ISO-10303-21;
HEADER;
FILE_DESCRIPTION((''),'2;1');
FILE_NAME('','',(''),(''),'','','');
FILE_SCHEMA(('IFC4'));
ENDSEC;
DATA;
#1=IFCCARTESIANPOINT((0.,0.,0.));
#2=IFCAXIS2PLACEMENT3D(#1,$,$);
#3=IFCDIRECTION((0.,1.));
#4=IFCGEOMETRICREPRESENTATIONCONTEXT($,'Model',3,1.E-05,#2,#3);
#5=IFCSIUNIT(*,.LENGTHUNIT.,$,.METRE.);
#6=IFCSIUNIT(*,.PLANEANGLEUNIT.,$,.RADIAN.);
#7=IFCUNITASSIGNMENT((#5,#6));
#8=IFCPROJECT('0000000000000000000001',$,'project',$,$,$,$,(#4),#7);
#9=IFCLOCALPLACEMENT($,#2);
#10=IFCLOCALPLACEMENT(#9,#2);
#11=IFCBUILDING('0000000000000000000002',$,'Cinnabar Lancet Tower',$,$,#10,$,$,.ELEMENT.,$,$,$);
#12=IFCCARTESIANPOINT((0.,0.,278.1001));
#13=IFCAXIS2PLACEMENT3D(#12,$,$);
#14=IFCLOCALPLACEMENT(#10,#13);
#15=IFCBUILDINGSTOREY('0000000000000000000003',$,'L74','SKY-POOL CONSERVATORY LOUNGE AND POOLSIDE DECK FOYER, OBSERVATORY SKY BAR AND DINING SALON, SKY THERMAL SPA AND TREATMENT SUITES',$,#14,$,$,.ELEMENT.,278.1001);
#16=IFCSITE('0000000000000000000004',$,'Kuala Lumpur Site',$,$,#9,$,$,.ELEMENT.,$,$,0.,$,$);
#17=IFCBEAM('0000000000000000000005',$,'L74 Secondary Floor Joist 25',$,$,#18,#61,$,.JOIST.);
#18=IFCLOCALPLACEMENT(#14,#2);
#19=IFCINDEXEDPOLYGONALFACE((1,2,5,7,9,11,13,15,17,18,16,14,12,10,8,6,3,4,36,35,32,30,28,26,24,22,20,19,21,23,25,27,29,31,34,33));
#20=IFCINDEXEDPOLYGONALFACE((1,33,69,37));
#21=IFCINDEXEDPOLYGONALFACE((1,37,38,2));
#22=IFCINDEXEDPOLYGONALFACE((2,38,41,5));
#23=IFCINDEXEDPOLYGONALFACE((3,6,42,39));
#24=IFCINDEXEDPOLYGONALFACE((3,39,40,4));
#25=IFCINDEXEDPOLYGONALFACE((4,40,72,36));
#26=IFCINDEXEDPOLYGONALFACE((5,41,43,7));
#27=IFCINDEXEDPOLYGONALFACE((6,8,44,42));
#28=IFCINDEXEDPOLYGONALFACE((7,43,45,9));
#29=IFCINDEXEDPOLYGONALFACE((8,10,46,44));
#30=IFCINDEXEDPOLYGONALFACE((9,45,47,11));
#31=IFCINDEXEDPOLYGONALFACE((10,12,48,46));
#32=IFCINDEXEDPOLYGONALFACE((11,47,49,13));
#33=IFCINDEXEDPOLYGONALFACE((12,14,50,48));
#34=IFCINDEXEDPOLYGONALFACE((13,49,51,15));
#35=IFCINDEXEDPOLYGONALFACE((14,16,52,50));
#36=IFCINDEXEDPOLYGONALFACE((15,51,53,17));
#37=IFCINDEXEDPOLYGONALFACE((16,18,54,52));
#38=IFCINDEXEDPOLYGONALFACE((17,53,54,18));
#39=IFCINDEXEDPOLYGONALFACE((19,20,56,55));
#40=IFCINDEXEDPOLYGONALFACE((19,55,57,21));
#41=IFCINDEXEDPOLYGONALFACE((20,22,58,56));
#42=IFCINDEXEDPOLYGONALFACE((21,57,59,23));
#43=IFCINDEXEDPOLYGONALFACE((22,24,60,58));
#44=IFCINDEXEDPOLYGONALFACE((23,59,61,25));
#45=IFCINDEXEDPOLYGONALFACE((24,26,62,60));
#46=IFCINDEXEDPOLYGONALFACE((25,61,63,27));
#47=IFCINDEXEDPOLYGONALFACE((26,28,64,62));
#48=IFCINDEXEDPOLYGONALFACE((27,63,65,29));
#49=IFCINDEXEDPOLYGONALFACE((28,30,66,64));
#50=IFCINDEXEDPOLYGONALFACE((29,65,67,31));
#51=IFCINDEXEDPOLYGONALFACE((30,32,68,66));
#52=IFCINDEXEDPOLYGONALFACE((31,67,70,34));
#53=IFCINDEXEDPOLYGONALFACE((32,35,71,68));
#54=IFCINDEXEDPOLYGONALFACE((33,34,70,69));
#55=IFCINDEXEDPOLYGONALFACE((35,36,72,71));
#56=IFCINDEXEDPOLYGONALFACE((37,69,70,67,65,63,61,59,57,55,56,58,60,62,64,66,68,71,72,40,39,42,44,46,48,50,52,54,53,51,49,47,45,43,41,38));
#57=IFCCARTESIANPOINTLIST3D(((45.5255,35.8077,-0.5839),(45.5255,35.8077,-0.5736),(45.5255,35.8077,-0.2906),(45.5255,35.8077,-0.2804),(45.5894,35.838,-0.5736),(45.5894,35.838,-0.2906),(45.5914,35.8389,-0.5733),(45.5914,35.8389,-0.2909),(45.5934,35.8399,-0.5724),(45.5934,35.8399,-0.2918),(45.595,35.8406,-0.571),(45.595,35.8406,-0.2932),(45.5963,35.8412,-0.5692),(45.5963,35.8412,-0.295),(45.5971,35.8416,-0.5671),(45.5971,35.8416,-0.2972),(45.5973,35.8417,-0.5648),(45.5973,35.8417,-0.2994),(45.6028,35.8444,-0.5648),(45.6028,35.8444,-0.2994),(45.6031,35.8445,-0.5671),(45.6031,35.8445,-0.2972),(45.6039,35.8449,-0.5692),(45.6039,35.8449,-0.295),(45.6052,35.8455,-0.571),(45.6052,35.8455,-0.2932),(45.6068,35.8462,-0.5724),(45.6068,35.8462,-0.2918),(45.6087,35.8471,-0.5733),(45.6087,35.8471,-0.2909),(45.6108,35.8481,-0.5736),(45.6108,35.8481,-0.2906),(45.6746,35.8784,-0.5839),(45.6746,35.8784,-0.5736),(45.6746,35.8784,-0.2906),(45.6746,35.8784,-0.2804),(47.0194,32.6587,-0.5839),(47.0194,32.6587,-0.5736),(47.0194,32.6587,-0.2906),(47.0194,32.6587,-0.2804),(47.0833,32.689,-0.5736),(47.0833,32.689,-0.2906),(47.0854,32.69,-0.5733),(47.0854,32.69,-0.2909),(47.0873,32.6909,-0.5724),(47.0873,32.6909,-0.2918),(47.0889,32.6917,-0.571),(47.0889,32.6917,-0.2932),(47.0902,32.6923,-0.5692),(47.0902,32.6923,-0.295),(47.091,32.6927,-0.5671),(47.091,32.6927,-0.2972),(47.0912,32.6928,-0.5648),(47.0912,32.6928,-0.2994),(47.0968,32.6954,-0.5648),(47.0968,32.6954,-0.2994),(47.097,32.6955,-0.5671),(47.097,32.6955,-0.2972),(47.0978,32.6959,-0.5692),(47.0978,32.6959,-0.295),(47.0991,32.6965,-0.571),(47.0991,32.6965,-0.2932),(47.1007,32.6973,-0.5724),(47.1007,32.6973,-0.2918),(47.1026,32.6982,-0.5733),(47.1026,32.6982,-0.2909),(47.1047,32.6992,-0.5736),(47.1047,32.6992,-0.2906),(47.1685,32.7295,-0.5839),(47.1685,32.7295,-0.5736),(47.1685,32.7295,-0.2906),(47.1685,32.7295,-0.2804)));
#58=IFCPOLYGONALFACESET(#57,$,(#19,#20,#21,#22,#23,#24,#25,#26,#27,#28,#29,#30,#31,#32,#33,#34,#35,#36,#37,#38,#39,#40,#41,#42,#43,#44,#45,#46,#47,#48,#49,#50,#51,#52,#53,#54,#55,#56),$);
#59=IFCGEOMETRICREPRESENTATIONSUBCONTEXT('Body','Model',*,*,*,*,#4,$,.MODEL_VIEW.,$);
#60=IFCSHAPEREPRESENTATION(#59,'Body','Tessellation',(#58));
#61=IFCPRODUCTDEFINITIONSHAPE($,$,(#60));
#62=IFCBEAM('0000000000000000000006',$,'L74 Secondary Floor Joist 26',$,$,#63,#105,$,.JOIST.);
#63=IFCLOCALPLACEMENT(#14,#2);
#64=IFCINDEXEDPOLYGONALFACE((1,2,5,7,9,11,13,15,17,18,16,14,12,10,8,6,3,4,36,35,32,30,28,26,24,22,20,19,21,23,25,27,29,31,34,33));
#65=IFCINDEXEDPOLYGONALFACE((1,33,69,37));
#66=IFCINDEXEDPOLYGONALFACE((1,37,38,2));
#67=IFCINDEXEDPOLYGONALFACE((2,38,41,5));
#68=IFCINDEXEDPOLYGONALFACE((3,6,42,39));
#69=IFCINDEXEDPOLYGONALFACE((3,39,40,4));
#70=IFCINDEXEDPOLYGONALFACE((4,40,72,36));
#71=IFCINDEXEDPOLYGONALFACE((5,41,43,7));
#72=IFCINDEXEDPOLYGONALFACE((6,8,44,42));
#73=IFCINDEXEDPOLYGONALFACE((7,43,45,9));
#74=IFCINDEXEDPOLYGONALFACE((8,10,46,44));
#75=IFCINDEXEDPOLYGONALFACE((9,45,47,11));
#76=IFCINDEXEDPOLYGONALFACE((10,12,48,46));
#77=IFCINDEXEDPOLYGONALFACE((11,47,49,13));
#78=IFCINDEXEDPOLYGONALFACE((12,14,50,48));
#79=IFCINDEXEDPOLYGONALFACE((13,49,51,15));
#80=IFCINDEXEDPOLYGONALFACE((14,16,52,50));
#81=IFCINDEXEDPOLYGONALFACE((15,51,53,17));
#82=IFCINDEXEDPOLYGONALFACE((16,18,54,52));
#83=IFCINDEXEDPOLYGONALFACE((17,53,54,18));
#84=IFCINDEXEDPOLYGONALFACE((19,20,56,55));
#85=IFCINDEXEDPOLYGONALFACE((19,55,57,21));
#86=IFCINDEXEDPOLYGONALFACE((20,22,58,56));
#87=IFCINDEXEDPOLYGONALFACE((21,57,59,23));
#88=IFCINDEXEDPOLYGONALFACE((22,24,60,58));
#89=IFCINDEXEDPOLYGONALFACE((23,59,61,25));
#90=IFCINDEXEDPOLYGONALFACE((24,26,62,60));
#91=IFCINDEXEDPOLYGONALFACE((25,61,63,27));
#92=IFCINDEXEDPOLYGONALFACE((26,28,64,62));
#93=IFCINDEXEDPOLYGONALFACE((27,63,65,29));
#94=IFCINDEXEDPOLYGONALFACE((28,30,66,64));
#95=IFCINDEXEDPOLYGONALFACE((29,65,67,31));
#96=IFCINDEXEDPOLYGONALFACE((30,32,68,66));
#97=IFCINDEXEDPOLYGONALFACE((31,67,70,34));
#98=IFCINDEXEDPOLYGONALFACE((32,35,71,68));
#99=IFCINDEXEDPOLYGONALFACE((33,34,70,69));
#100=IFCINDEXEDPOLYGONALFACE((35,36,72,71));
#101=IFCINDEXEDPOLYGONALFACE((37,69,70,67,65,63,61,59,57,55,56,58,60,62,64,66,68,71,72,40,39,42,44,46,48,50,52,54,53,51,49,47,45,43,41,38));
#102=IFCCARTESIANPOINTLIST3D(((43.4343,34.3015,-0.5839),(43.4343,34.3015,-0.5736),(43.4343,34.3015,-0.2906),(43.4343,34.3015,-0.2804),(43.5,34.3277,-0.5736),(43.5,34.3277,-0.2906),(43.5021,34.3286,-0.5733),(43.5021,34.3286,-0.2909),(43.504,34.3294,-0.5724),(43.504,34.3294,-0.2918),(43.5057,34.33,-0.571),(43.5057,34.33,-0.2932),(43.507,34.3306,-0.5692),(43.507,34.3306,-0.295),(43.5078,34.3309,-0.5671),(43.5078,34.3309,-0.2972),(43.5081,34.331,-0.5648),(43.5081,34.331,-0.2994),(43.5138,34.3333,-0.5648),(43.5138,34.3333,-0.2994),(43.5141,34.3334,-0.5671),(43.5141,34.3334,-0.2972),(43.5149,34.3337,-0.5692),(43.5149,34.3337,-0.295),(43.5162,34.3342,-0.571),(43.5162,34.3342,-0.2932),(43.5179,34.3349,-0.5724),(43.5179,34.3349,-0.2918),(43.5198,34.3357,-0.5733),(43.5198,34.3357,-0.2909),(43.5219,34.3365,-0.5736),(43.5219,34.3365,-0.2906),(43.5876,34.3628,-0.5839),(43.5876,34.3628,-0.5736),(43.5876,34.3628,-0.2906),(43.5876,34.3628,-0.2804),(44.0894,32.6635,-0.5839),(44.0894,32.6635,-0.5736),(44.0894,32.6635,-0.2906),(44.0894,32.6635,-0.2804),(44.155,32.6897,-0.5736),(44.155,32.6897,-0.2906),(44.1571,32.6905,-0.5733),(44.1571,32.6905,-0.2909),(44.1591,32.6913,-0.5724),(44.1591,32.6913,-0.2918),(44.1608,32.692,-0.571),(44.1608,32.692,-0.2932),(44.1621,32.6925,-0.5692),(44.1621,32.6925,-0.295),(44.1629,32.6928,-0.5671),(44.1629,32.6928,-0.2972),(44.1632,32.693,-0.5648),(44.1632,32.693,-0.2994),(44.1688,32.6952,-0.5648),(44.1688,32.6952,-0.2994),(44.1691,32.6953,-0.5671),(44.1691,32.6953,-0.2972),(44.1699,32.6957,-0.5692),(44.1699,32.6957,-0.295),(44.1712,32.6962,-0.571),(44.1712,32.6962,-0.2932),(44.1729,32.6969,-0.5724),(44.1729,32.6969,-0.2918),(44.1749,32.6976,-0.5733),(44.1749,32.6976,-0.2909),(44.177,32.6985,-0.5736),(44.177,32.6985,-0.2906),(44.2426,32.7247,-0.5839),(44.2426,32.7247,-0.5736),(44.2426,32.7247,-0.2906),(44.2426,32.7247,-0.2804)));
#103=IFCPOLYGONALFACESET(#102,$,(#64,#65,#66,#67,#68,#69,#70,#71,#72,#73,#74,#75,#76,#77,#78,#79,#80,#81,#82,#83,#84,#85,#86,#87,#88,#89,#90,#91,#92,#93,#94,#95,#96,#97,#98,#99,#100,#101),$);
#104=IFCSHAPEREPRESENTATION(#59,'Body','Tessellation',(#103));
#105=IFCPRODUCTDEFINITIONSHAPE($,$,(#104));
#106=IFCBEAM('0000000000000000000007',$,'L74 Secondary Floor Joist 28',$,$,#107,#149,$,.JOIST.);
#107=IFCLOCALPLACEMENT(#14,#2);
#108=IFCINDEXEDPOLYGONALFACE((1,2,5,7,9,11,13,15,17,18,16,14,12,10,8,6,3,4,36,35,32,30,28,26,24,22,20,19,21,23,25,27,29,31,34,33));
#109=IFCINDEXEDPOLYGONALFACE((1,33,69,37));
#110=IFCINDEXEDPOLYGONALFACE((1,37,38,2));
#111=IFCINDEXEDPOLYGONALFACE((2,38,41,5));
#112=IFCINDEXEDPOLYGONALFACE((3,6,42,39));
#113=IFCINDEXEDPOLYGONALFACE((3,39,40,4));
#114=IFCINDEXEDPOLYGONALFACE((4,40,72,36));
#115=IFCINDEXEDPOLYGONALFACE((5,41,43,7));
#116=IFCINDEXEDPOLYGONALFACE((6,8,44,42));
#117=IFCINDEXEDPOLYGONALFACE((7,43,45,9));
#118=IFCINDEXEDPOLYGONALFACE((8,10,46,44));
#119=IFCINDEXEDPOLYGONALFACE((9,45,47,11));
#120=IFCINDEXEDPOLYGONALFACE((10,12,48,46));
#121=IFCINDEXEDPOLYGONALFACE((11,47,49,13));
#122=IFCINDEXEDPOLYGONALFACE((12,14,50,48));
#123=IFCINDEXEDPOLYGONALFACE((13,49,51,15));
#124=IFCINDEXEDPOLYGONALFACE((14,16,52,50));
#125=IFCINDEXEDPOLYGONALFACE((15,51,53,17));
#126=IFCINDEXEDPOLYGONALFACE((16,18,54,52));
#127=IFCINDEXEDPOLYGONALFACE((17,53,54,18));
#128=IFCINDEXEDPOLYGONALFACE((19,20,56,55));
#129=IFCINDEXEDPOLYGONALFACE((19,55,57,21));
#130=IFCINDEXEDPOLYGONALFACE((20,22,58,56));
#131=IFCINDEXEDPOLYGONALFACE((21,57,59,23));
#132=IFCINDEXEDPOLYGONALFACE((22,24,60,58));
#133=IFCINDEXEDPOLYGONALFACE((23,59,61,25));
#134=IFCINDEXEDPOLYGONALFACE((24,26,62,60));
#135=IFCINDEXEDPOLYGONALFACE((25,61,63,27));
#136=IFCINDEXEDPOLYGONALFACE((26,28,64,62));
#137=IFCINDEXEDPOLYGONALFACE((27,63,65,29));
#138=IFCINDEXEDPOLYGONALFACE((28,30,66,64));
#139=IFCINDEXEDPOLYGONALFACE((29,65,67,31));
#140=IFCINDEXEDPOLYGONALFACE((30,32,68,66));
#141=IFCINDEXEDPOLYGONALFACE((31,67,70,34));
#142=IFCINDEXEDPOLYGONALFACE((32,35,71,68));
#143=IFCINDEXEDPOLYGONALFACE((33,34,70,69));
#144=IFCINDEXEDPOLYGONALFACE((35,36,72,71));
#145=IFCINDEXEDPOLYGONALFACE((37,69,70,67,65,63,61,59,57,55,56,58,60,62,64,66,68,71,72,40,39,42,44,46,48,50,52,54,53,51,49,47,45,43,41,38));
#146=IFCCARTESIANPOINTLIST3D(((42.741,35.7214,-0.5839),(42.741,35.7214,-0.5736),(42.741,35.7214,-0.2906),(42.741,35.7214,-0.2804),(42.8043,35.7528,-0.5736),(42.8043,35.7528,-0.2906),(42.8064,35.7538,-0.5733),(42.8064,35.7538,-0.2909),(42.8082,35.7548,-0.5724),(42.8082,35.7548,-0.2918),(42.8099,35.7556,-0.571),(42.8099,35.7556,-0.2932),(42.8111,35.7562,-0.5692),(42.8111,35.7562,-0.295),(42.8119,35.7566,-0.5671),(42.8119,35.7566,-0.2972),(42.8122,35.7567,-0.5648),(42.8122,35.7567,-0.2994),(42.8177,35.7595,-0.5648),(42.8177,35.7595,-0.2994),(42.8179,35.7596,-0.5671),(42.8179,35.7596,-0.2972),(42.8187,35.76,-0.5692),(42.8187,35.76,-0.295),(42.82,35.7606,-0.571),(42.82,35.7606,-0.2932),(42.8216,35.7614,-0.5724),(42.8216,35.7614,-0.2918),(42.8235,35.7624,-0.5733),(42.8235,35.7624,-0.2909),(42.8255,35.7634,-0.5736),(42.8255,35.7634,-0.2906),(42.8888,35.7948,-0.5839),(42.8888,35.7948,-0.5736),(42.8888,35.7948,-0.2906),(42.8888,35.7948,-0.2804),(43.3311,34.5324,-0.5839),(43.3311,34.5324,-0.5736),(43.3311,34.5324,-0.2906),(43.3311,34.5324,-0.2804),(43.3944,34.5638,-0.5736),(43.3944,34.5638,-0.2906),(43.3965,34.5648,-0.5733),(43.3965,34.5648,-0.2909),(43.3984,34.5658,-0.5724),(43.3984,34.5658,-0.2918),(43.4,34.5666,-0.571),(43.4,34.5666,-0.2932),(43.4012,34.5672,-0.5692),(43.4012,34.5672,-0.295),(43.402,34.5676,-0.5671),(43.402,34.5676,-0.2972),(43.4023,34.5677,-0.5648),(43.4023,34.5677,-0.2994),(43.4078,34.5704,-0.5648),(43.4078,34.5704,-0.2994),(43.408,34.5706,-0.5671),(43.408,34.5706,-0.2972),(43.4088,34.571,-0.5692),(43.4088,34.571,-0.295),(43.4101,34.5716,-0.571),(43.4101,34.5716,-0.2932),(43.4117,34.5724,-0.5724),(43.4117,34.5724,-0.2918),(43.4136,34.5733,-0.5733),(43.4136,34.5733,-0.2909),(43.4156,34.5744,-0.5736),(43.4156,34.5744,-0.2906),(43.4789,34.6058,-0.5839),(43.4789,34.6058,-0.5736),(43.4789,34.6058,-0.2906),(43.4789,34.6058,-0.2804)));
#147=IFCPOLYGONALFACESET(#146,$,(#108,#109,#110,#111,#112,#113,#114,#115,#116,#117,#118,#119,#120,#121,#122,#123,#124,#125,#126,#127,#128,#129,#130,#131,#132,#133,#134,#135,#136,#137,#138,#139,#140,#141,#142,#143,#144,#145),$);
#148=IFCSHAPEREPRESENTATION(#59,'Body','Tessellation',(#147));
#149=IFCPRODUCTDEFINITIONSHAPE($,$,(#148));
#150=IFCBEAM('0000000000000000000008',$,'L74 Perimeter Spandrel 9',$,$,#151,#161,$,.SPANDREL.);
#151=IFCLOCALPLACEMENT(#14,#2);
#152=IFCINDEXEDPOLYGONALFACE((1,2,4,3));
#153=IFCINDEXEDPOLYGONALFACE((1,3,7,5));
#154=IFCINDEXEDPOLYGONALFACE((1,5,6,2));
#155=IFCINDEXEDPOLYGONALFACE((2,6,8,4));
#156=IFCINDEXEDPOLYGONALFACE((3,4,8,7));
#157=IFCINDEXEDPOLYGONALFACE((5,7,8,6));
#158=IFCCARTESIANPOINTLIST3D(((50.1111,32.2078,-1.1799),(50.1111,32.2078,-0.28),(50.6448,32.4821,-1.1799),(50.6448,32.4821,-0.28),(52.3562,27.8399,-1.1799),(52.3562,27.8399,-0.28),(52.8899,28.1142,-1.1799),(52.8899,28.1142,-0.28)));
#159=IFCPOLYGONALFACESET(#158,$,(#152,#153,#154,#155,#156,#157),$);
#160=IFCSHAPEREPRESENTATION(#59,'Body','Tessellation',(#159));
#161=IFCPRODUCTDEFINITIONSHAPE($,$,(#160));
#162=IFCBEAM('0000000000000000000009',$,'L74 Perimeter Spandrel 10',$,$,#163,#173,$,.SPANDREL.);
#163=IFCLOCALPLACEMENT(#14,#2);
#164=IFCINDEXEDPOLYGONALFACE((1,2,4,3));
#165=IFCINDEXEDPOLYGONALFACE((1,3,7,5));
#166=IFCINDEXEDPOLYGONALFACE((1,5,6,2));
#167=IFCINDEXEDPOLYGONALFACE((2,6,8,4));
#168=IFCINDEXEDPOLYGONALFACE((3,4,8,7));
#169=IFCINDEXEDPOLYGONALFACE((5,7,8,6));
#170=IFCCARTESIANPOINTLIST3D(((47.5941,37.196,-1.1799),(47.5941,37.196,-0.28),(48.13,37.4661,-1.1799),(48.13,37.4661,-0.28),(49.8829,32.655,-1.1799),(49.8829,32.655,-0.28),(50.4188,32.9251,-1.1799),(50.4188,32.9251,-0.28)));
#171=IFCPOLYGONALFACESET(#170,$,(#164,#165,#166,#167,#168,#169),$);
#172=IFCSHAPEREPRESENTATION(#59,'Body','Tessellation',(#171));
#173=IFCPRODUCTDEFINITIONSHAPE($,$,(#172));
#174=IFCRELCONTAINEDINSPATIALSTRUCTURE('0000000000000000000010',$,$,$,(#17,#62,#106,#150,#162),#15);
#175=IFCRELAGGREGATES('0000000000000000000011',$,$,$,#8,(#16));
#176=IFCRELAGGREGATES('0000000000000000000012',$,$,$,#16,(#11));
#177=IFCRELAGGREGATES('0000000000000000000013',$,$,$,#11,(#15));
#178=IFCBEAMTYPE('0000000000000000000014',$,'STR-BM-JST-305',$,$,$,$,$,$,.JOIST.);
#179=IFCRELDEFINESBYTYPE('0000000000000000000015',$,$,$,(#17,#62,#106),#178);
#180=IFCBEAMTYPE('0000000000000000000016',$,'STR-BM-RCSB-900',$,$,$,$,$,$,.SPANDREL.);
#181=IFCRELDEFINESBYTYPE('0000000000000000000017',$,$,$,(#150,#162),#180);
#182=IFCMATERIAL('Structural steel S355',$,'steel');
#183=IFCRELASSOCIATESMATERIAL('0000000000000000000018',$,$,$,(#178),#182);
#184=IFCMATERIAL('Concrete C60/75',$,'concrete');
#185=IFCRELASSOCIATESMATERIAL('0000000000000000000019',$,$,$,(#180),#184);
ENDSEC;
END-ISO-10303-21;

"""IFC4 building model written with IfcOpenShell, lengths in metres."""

from ifc_helpers import new_model, si_unit, direction, frame, origin, origin_2d, place, context, subcontext, project, spatial, rectangle, i_section, extrude, material, material_profile, profile_set, type_object, element, save


model = new_model("IFC4")

# Units and contexts
model_context = context("Model", 3, precision=1e-05, world=origin(), true_north=direction((0.0, 1.0)))
body_context = subcontext(model_context, "Body", "Model", "MODEL_VIEW")
ifc_project = project(units=[si_unit("LENGTHUNIT", "METRE"), si_unit("PLANEANGLEUNIT", "RADIAN")], contexts=[model_context])

# Site, building, storey
site_placement = place(None, origin())
site = spatial("IfcSite", under=ifc_project, at=site_placement, Name="Kuala Lumpur Site", CompositionType="ELEMENT", RefElevation=0.0)
building_placement = place(site_placement, origin())
building = spatial("IfcBuilding", under=site, at=building_placement, Name="Cinnabar Lancet Tower", CompositionType="ELEMENT")
storey_placement = place(building_placement, frame((0.0, 0.0, 278.1001)))
storey = spatial("IfcBuildingStorey", under=building, at=storey_placement, Name="L74", Description="SKY-POOL CONSERVATORY LOUNGE AND POOLSIDE DECK FOYER, OBSERVATORY SKY BAR AND DINING SALON, SKY THERMAL SPA AND TREATMENT SUITES", CompositionType="ELEMENT", Elevation=278.1001)

# Beams
ifc_material_1 = material(Name="Structural steel S355", Category="steel")
ifc_material_profile_1 = material_profile(ifc_material_1, i_section(OverallWidth=0.165, OverallDepth=0.3035, WebThickness=0.0061, FlangeThickness=0.0103, FilletRadius=0.0088, at=origin_2d()), Name="UKB 305x165x40")
ifc_profile_set_1 = profile_set([ifc_material_profile_1], Name="Structural steel S355")
beam_type_1 = type_object("IfcBeamType", Name="STR-BM-JST-305", PredefinedType="JOIST", material=ifc_profile_set_1)
beam_1_placement = place(storey_placement, frame((47.094, 32.6941, -0.4321), z_axis=(-0.428625, 0.903482, 0.0), x_axis=(-0.903482, -0.428625, 0.0)))
element("IfcBeam", 1, at=beam_1_placement, inside=storey, type_object=beam_type_1, Name="L74 Secondary Floor Joist 25", PredefinedType="JOIST", context=body_context, shape_type="SweptSolid", body=[
    extrude(i_section(OverallWidth=0.165, OverallDepth=0.3035, WebThickness=0.0061, FlangeThickness=0.0103, FilletRadius=0.0088, at=origin_2d()), origin(), (0.0, 0.0, 1.0), 3.4854),
])
beam_2_placement = place(storey_placement, frame((44.166, 32.6941, -0.4321), z_axis=(-0.371319, 0.928505, 0.0), x_axis=(-0.928505, -0.371319, 0.0)))
element("IfcBeam", 2, at=beam_2_placement, inside=storey, type_object=beam_type_1, Name="L74 Secondary Floor Joist 26", PredefinedType="JOIST", context=body_context, shape_type="SweptSolid", body=[
    extrude(i_section(OverallWidth=0.165, OverallDepth=0.3035, WebThickness=0.0061, FlangeThickness=0.0103, FilletRadius=0.0088, at=origin_2d()), origin(), (0.0, 0.0, 1.0), 1.7642),
])
beam_3_placement = place(storey_placement, frame((43.405, 34.5691, -0.4321), z_axis=(-0.444563, 0.895748, 0.0), x_axis=(-0.895748, -0.444563, 0.0)))
element("IfcBeam", 3, at=beam_3_placement, inside=storey, type_object=beam_type_1, Name="L74 Secondary Floor Joist 28", PredefinedType="JOIST", context=body_context, shape_type="SweptSolid", body=[
    extrude(i_section(OverallWidth=0.165, OverallDepth=0.3035, WebThickness=0.0061, FlangeThickness=0.0103, FilletRadius=0.0088, at=origin_2d()), origin(), (0.0, 0.0, 1.0), 1.3274),
])
ifc_material_2 = material(Name="Concrete C60/75", Category="concrete")
ifc_material_profile_2 = material_profile(ifc_material_2, rectangle(XDim=0.6001, YDim=0.8999, at=origin_2d()), Name="RC-SB 600x900")
ifc_profile_set_2 = profile_set([ifc_material_profile_2], Name="Concrete C60/75")
beam_type_2 = type_object("IfcBeamType", Name="STR-BM-RCSB-900", PredefinedType="SPANDREL", material=ifc_profile_set_2)
beam_4_placement = place(storey_placement, frame((52.623, 27.9771, -0.73), z_axis=(-0.457148, 0.889391, 0.0), x_axis=(-0.889391, -0.457148, 0.0)))
element("IfcBeam", 4, at=beam_4_placement, inside=storey, type_object=beam_type_2, Name="L74 Perimeter Spandrel 9", PredefinedType="SPANDREL", context=body_context, shape_type="SweptSolid", body=[
    extrude(rectangle(XDim=0.6001, YDim=0.8999, at=origin_2d()), origin(), (0.0, 0.0, 1.0), 4.9111),
])
beam_5_placement = place(storey_placement, frame((50.1509, 32.79, -0.73), z_axis=(-0.450092, 0.892982, 0.0), x_axis=(-0.892982, -0.450092, 0.0)))
element("IfcBeam", 5, at=beam_5_placement, inside=storey, type_object=beam_type_2, Name="L74 Perimeter Spandrel 10", PredefinedType="SPANDREL", context=body_context, shape_type="SweptSolid", body=[
    extrude(rectangle(XDim=0.6001, YDim=0.8999, at=origin_2d()), origin(), (0.0, 0.0, 1.0), 5.0852),
])

save(model, "model.ifc")
